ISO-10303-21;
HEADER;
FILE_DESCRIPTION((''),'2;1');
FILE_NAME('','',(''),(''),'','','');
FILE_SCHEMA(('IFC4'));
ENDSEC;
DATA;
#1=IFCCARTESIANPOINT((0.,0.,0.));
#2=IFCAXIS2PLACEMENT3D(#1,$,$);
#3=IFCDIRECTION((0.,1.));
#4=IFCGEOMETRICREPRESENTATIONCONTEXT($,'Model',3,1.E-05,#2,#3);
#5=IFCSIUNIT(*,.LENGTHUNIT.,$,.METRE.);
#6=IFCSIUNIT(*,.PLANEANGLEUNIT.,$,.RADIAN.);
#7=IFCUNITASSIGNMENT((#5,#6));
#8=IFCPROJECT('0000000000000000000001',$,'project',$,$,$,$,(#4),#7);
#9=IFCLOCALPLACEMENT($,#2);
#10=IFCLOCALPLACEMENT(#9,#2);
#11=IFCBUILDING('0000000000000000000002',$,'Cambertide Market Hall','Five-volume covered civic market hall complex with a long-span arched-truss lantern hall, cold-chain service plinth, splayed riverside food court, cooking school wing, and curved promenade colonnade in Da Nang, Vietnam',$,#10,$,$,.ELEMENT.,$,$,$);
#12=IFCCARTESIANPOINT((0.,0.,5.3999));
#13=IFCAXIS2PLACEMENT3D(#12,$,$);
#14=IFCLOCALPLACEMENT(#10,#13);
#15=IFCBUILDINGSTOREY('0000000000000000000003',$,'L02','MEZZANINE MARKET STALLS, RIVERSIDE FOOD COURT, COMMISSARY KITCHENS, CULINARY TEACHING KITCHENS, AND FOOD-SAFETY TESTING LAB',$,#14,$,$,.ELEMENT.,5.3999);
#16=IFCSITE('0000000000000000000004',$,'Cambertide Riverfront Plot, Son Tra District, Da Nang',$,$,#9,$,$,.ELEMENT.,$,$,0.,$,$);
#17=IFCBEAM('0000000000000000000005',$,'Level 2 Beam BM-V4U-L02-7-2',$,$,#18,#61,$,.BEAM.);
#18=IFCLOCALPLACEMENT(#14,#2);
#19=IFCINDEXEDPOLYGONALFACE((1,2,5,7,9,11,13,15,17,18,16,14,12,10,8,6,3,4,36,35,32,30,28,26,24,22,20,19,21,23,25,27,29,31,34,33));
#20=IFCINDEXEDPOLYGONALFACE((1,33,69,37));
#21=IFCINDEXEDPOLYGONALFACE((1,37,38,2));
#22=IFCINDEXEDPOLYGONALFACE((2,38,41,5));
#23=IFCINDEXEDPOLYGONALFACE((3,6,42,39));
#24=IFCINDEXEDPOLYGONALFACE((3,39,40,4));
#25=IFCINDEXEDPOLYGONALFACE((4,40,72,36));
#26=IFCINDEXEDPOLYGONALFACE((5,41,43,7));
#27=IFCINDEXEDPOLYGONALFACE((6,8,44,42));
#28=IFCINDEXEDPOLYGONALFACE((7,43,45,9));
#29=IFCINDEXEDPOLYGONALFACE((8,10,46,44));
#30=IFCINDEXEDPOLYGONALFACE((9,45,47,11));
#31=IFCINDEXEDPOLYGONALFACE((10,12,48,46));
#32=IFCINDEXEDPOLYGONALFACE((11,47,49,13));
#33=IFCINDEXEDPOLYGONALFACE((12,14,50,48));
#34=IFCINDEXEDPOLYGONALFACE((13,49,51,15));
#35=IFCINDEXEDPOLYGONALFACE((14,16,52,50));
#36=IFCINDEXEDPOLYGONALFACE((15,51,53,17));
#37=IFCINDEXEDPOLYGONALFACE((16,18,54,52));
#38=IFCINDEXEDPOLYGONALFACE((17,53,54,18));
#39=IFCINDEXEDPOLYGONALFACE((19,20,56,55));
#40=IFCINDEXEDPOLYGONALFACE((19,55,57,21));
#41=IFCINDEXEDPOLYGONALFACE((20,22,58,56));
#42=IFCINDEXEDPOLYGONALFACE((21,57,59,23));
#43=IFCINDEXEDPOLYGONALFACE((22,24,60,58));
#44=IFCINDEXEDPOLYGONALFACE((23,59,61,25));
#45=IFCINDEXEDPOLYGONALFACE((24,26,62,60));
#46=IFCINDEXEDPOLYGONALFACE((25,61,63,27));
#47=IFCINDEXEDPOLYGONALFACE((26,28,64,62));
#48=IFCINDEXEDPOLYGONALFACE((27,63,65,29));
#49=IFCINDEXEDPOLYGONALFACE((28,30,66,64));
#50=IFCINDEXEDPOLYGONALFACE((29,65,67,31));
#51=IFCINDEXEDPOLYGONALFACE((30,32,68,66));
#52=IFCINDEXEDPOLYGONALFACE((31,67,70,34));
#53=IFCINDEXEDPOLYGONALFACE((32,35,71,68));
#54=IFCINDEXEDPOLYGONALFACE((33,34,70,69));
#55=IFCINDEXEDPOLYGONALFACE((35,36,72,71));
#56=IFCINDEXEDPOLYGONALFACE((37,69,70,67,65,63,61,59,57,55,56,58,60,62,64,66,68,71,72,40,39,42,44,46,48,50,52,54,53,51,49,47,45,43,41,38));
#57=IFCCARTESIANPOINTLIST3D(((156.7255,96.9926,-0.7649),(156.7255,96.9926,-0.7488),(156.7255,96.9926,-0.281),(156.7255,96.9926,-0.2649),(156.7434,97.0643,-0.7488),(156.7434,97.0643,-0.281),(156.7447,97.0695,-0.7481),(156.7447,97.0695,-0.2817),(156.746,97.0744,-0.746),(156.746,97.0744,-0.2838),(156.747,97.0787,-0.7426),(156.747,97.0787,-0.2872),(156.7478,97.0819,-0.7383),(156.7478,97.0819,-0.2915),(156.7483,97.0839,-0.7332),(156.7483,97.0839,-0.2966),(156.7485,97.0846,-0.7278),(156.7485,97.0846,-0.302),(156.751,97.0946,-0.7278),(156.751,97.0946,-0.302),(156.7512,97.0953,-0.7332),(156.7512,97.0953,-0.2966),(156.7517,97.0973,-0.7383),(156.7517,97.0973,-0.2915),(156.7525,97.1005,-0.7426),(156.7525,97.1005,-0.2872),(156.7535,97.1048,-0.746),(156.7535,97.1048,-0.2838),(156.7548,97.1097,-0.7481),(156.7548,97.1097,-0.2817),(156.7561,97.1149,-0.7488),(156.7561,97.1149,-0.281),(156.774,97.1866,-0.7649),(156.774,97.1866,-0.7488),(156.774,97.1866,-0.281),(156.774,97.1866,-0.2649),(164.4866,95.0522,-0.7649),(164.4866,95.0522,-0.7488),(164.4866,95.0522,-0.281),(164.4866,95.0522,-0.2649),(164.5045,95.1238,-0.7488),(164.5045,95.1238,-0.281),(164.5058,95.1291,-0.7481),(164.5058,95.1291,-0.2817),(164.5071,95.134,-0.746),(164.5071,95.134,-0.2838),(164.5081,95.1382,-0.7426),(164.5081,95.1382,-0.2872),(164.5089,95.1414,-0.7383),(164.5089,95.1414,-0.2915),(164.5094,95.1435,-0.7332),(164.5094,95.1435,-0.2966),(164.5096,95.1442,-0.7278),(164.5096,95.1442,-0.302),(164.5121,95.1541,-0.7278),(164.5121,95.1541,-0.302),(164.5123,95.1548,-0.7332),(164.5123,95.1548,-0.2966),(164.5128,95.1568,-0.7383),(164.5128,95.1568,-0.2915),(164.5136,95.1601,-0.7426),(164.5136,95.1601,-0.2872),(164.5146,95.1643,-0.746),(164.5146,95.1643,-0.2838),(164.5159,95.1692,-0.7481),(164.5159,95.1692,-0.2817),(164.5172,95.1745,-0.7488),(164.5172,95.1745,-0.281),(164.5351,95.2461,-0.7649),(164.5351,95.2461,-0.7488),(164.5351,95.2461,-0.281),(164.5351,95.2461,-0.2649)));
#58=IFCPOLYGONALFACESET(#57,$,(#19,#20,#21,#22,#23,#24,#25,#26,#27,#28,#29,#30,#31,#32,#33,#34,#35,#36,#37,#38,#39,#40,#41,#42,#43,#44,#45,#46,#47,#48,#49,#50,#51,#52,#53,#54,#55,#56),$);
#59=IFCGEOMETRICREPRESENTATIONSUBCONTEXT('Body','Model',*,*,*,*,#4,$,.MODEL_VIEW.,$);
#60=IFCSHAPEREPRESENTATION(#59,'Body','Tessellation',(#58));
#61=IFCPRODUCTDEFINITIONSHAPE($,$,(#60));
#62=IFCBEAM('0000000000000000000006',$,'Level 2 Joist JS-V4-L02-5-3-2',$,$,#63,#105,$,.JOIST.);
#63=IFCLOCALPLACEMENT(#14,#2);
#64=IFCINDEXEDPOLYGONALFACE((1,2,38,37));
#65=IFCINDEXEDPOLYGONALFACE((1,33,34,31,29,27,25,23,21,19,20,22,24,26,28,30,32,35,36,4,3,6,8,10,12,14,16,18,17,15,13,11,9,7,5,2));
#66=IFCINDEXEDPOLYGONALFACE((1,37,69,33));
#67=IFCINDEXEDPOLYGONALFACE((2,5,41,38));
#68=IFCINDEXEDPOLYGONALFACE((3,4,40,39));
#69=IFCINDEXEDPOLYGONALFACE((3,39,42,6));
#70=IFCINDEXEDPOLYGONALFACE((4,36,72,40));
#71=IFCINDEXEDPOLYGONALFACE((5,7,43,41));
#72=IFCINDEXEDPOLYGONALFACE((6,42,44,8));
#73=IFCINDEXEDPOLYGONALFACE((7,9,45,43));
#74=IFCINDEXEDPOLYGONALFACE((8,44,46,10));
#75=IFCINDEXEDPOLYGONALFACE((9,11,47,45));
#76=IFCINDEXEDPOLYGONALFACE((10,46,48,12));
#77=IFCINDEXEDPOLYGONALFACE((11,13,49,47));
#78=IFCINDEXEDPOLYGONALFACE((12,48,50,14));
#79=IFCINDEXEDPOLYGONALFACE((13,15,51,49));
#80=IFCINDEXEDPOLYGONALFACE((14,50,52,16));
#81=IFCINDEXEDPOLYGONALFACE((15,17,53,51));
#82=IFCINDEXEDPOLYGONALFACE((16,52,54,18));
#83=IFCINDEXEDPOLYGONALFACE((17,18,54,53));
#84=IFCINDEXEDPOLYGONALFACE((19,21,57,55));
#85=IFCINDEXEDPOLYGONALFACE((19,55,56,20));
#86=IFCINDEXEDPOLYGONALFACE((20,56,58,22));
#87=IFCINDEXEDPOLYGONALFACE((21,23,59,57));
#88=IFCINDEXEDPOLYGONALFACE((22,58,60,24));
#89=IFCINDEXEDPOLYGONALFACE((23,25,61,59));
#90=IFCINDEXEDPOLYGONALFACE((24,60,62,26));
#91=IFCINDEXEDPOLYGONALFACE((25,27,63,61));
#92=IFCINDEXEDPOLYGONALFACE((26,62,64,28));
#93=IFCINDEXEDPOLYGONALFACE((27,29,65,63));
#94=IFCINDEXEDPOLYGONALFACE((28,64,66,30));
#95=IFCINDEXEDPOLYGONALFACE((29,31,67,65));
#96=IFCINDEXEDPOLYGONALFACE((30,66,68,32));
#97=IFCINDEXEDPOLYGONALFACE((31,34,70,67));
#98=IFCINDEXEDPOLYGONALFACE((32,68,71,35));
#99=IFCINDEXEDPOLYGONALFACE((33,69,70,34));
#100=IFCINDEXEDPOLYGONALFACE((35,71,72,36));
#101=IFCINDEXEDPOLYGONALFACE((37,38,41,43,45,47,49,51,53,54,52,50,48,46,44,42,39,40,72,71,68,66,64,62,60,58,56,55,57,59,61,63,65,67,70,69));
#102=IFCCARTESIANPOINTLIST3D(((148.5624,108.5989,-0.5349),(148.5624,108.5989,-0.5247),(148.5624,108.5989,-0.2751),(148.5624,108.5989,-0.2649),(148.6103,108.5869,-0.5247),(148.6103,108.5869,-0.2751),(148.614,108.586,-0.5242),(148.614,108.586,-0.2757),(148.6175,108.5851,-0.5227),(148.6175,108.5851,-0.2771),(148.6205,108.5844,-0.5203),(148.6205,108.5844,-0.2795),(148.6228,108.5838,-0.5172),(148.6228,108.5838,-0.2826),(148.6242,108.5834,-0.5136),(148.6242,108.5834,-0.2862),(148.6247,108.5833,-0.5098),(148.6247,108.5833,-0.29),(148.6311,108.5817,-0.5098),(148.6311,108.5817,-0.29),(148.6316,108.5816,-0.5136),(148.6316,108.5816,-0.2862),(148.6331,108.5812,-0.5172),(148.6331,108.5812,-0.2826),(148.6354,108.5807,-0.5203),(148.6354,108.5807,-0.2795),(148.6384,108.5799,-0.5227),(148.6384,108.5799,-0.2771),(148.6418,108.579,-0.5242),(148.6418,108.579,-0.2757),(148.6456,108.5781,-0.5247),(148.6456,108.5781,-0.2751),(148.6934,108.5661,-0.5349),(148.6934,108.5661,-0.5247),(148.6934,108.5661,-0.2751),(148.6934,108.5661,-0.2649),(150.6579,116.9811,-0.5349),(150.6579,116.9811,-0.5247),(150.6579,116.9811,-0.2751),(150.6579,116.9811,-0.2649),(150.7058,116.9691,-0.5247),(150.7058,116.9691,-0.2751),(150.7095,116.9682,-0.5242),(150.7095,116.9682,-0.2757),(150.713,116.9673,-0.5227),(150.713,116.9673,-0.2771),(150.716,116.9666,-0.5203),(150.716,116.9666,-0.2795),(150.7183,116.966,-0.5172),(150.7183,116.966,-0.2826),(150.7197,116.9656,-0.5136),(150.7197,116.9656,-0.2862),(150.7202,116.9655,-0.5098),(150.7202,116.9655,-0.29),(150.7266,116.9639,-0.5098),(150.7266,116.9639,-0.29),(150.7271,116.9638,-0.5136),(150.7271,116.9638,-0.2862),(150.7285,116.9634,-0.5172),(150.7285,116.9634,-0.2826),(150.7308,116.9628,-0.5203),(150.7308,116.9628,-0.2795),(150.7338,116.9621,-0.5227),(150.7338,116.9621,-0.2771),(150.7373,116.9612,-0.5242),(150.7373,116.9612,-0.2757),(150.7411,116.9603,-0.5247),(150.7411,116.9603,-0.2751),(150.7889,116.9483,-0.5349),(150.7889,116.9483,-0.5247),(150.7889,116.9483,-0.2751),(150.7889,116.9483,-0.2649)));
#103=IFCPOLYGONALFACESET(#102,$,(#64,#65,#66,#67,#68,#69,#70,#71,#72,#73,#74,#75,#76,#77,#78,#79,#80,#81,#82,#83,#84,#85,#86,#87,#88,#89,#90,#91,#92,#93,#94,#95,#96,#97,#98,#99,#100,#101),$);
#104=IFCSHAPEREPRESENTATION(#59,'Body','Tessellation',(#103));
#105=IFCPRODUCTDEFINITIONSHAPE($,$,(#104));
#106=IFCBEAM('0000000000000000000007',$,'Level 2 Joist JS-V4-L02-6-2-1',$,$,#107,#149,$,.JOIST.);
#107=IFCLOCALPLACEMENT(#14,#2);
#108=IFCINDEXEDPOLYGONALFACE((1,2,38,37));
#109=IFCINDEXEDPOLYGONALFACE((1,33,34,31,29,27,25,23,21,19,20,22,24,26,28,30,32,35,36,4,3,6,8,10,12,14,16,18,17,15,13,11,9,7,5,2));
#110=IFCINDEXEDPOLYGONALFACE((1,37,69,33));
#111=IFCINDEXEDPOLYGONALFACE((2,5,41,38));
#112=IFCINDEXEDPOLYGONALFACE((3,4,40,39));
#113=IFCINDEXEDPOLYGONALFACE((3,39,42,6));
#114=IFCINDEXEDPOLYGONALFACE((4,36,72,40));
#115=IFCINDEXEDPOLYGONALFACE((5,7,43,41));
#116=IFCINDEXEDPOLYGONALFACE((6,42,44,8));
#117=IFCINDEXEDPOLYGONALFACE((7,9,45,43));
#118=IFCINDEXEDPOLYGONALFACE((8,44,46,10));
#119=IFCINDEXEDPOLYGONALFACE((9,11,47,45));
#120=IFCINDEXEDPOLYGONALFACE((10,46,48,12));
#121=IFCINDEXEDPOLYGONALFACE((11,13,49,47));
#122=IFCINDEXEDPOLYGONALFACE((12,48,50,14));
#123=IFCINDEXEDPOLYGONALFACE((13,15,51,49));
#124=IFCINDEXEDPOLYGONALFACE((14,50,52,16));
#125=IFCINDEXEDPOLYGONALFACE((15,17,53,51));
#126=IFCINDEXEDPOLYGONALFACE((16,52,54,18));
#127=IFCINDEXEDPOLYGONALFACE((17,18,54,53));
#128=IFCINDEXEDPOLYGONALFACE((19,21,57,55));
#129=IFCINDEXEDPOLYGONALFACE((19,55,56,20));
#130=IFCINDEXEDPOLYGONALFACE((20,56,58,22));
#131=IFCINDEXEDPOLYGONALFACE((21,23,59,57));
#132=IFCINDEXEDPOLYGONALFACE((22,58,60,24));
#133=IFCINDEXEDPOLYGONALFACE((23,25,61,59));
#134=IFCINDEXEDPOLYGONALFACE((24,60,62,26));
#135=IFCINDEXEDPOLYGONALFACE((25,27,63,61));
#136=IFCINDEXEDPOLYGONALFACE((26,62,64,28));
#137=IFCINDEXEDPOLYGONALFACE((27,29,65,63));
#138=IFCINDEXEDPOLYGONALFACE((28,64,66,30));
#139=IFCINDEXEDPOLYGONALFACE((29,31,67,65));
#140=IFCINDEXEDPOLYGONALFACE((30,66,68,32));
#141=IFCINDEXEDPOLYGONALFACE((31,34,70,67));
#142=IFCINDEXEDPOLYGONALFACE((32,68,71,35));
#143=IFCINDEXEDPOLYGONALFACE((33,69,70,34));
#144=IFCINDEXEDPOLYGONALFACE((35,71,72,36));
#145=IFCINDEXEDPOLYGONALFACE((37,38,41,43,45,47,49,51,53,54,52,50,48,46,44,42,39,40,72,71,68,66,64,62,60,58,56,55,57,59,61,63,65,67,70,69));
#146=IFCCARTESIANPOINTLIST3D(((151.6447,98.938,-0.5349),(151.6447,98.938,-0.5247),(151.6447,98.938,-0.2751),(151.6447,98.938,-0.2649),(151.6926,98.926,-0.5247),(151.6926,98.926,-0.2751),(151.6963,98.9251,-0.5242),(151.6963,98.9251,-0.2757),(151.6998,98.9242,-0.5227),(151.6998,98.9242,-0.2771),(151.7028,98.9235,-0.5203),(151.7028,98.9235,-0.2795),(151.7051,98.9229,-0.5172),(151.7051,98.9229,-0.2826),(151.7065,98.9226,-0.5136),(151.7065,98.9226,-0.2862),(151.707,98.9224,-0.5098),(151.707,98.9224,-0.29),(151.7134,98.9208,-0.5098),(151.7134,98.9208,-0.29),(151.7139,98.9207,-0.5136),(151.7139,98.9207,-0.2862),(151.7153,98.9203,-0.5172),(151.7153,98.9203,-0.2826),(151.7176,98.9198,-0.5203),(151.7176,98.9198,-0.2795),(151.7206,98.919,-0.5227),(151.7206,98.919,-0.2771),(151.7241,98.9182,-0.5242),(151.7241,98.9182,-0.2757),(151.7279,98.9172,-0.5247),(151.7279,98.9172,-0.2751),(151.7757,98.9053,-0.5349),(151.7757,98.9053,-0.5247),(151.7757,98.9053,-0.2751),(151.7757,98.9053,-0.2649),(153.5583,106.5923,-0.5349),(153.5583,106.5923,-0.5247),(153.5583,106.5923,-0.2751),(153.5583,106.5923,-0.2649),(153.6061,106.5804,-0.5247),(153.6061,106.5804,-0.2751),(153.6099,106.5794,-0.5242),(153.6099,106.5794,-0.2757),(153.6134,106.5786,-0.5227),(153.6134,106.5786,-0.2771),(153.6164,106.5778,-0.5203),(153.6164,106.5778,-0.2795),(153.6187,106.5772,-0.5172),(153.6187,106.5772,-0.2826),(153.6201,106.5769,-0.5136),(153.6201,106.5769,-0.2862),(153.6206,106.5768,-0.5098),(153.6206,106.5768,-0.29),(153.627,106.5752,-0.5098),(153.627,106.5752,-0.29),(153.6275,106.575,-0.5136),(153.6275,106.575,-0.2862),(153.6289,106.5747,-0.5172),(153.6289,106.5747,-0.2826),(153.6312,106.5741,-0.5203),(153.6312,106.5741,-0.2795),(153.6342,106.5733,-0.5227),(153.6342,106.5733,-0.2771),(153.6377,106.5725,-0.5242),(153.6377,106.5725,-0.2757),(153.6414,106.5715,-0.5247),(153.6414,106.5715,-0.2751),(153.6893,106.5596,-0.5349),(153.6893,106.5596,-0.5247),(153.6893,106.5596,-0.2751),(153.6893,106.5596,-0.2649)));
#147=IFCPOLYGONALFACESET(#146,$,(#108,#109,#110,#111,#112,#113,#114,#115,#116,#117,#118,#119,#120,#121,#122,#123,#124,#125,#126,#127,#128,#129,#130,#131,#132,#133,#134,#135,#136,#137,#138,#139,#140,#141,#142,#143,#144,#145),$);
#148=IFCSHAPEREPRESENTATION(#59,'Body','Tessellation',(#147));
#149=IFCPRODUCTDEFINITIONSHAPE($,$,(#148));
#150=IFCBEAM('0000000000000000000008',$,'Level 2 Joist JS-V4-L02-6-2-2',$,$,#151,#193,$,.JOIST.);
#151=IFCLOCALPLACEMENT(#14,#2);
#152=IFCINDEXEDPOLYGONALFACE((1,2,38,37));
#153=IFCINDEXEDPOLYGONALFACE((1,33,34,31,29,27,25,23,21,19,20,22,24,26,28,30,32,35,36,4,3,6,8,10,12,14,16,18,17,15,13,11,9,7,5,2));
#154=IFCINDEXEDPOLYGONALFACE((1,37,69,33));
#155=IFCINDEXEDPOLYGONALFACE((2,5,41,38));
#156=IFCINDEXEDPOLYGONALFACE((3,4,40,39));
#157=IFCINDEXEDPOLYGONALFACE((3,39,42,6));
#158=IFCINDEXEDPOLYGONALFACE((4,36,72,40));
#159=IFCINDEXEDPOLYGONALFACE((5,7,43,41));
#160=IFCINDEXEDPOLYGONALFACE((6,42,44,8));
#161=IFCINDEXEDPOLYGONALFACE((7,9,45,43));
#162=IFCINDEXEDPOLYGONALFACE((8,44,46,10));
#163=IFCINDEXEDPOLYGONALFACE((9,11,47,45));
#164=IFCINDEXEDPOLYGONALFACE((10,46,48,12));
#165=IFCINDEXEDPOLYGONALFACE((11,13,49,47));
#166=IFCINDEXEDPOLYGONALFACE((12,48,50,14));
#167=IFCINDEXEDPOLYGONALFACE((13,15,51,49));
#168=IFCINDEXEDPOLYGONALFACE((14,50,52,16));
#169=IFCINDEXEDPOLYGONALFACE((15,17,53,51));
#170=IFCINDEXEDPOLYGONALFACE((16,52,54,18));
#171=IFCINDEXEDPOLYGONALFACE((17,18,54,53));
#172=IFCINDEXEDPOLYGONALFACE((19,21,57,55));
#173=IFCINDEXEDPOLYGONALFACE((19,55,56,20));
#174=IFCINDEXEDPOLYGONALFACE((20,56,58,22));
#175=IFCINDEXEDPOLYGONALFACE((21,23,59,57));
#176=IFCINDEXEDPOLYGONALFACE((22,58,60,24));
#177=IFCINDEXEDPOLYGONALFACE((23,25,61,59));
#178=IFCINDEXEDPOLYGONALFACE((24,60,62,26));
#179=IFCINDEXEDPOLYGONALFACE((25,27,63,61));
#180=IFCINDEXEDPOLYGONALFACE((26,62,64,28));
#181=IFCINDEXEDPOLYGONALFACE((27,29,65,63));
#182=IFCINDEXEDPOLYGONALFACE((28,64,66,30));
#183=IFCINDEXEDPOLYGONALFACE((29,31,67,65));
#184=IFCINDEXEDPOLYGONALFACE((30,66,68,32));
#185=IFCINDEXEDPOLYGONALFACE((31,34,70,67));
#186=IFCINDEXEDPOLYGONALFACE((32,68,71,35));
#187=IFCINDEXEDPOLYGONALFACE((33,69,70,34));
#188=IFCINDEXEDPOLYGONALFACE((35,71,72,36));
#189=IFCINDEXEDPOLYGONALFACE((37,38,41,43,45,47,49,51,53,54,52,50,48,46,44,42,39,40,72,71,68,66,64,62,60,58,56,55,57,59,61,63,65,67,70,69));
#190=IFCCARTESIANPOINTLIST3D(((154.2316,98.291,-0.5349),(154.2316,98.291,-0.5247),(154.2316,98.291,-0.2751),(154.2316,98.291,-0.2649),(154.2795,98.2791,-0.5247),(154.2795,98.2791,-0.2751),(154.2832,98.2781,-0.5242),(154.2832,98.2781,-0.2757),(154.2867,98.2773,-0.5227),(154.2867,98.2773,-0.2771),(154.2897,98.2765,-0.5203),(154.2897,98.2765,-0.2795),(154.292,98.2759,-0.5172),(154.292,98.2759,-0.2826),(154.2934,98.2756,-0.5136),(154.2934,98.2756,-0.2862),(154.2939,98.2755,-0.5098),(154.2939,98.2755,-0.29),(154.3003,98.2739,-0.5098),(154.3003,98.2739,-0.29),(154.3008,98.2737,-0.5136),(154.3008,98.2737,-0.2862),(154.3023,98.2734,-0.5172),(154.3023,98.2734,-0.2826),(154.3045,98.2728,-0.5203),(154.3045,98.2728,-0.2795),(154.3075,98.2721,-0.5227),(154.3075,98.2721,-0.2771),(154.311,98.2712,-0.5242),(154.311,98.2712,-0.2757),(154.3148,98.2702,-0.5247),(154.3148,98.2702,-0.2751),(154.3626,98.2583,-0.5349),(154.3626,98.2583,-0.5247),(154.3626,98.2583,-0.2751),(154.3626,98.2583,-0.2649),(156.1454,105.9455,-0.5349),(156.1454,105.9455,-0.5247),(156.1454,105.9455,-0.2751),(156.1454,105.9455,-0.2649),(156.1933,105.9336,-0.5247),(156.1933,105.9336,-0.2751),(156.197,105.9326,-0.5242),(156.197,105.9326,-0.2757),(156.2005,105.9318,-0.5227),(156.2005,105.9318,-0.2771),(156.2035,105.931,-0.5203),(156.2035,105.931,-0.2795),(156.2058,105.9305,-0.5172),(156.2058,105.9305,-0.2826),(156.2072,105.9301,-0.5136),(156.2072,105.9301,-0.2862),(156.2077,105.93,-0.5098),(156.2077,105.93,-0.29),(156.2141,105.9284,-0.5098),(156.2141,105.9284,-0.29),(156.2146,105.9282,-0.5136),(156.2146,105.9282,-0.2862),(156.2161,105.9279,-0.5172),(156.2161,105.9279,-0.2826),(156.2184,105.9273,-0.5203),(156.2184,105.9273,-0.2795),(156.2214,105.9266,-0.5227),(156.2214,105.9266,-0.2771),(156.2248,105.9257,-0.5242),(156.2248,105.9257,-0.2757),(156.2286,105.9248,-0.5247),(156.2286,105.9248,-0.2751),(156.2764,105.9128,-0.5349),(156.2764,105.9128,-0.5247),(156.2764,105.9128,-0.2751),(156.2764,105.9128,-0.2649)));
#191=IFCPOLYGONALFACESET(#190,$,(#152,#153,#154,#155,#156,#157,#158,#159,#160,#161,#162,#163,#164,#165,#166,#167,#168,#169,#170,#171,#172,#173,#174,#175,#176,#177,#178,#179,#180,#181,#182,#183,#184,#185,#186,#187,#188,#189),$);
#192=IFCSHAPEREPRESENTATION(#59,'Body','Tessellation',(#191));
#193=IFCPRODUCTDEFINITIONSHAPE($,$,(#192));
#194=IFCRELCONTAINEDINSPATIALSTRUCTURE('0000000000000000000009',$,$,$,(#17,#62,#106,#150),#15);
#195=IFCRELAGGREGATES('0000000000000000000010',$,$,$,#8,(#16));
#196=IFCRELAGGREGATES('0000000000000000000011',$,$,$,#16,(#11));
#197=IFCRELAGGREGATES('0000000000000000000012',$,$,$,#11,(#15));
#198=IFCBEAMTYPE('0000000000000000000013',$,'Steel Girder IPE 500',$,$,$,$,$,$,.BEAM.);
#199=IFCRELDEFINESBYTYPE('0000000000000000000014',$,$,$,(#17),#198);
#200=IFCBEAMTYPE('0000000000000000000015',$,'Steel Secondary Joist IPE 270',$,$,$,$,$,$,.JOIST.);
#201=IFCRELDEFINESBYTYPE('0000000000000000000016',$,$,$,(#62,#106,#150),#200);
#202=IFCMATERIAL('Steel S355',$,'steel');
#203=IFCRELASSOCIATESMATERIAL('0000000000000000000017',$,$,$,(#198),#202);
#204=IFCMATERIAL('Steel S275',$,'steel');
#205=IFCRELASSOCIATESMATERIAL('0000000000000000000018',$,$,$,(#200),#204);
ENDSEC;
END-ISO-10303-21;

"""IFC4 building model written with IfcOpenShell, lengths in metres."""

from ifc_helpers import new_model, si_unit, direction, frame, origin, origin_2d, place, context, subcontext, project, spatial, i_section, extrude, material, material_profile, profile_set, type_object, element, save


model = new_model("IFC4")

# Units and contexts
model_context = context("Model", 3, precision=1e-05, world=origin(), true_north=direction((0.0, 1.0)))
body_context = subcontext(model_context, "Body", "Model", "MODEL_VIEW")
ifc_project = project(units=[si_unit("LENGTHUNIT", "METRE"), si_unit("PLANEANGLEUNIT", "RADIAN")], contexts=[model_context])

# Site, building, storey
site_placement = place(None, origin())
site = spatial("IfcSite", under=ifc_project, at=site_placement, Name="Cambertide Riverfront Plot, Son Tra District, Da Nang", CompositionType="ELEMENT", RefElevation=0.0)
building_placement = place(site_placement, origin())
building = spatial("IfcBuilding", under=site, at=building_placement, Name="Cambertide Market Hall", Description="Five-volume covered civic market hall complex with a long-span arched-truss lantern hall, cold-chain service plinth, splayed riverside food court, cooking school wing, and curved promenade colonnade in Da Nang, Vietnam", CompositionType="ELEMENT")
storey_placement = place(building_placement, frame((0.0, 0.0, 5.3999)))
storey = spatial("IfcBuildingStorey", under=building, at=storey_placement, Name="L02", Description="MEZZANINE MARKET STALLS, RIVERSIDE FOOD COURT, COMMISSARY KITCHENS, CULINARY TEACHING KITCHENS, AND FOOD-SAFETY TESTING LAB", CompositionType="ELEMENT", Elevation=5.3999)

# Beams
ifc_material_1 = material(Name="Steel S355", Category="steel")
ifc_material_profile_1 = material_profile(ifc_material_1, i_section(OverallWidth=0.2, OverallDepth=0.5, WebThickness=0.0103, FlangeThickness=0.0161, FilletRadius=0.021, at=origin_2d()), Name="IPE 500")
ifc_profile_set_1 = profile_set([ifc_material_profile_1], Name="Steel S355")
beam_type_1 = type_object("IfcBeamType", Name="Steel Girder IPE 500", PredefinedType="BEAM", material=ifc_profile_set_1)
for number, where, z_axis, x_axis, name in (
    (1, (156.7498, 97.0896, -0.5149), (0.970137, -0.242557, 0.0), (0.242557, 0.970137, 0.0), "Level 2 Beam BM-V4U-L02-7-2"),
):
    element("IfcBeam", number, at=place(storey_placement, frame(where, z_axis=z_axis, x_axis=x_axis)), inside=storey, type_object=beam_type_1, Name=name, PredefinedType="BEAM", context=body_context, shape_type="SweptSolid", body=[
        extrude(i_section(OverallWidth=0.2, OverallDepth=0.5, WebThickness=0.0103, FlangeThickness=0.0161, FilletRadius=0.021, at=origin_2d()), origin(), (0.0, 0.0, 1.0), 8.0),
    ])
ifc_material_2 = material(Name="Steel S275", Category="steel")
ifc_material_profile_2 = material_profile(ifc_material_2, i_section(OverallWidth=0.135, OverallDepth=0.27, WebThickness=0.0066, FlangeThickness=0.0103, FilletRadius=0.0149, at=origin_2d()), Name="IPE 270")
ifc_profile_set_2 = profile_set([ifc_material_profile_2], Name="Steel S275")
beam_type_2 = type_object("IfcBeamType", Name="Steel Secondary Joist IPE 270", PredefinedType="JOIST", material=ifc_profile_set_2)
beam_1_placement = place(storey_placement, frame((148.6279, 108.5825, -0.3999), z_axis=(0.242529, 0.970144, 0.0), x_axis=(-0.970144, 0.242529, 0.0)))
element("IfcBeam", 2, at=beam_1_placement, inside=storey, type_object=beam_type_2, Name="Level 2 Joist JS-V4-L02-5-3-2", PredefinedType="JOIST", context=body_context, shape_type="SweptSolid", body=[
    extrude(i_section(OverallWidth=0.135, OverallDepth=0.27, WebThickness=0.0066, FlangeThickness=0.0103, FilletRadius=0.0149, at=origin_2d()), origin(), (0.0, 0.0, 1.0), 8.6401),
])
beam_2_placement = place(storey_placement, frame((151.7102, 98.9216, -0.3999), z_axis=(0.242536, 0.970143, 0.0), x_axis=(-0.970143, 0.242536, 0.0)))
element("IfcBeam", 3, at=beam_2_placement, inside=storey, type_object=beam_type_2, Name="Level 2 Joist JS-V4-L02-6-2-1", PredefinedType="JOIST", context=body_context, shape_type="SweptSolid", body=[
    extrude(i_section(OverallWidth=0.135, OverallDepth=0.27, WebThickness=0.0066, FlangeThickness=0.0103, FilletRadius=0.0149, at=origin_2d()), origin(), (0.0, 0.0, 1.0), 7.8899),
])
beam_3_placement = place(storey_placement, frame((154.2971, 98.2747, -0.3999), z_axis=(0.242557, 0.970137, 0.0), x_axis=(-0.970137, 0.242557, 0.0)))
element("IfcBeam", 4, at=beam_3_placement, inside=storey, type_object=beam_type_2, Name="Level 2 Joist JS-V4-L02-6-2-2", PredefinedType="JOIST", context=body_context, shape_type="SweptSolid", body=[
    extrude(i_section(OverallWidth=0.135, OverallDepth=0.27, WebThickness=0.0066, FlangeThickness=0.0103, FilletRadius=0.0149, at=origin_2d()), origin(), (0.0, 0.0, 1.0), 7.8901),
])

save(model, "model.ifc")
